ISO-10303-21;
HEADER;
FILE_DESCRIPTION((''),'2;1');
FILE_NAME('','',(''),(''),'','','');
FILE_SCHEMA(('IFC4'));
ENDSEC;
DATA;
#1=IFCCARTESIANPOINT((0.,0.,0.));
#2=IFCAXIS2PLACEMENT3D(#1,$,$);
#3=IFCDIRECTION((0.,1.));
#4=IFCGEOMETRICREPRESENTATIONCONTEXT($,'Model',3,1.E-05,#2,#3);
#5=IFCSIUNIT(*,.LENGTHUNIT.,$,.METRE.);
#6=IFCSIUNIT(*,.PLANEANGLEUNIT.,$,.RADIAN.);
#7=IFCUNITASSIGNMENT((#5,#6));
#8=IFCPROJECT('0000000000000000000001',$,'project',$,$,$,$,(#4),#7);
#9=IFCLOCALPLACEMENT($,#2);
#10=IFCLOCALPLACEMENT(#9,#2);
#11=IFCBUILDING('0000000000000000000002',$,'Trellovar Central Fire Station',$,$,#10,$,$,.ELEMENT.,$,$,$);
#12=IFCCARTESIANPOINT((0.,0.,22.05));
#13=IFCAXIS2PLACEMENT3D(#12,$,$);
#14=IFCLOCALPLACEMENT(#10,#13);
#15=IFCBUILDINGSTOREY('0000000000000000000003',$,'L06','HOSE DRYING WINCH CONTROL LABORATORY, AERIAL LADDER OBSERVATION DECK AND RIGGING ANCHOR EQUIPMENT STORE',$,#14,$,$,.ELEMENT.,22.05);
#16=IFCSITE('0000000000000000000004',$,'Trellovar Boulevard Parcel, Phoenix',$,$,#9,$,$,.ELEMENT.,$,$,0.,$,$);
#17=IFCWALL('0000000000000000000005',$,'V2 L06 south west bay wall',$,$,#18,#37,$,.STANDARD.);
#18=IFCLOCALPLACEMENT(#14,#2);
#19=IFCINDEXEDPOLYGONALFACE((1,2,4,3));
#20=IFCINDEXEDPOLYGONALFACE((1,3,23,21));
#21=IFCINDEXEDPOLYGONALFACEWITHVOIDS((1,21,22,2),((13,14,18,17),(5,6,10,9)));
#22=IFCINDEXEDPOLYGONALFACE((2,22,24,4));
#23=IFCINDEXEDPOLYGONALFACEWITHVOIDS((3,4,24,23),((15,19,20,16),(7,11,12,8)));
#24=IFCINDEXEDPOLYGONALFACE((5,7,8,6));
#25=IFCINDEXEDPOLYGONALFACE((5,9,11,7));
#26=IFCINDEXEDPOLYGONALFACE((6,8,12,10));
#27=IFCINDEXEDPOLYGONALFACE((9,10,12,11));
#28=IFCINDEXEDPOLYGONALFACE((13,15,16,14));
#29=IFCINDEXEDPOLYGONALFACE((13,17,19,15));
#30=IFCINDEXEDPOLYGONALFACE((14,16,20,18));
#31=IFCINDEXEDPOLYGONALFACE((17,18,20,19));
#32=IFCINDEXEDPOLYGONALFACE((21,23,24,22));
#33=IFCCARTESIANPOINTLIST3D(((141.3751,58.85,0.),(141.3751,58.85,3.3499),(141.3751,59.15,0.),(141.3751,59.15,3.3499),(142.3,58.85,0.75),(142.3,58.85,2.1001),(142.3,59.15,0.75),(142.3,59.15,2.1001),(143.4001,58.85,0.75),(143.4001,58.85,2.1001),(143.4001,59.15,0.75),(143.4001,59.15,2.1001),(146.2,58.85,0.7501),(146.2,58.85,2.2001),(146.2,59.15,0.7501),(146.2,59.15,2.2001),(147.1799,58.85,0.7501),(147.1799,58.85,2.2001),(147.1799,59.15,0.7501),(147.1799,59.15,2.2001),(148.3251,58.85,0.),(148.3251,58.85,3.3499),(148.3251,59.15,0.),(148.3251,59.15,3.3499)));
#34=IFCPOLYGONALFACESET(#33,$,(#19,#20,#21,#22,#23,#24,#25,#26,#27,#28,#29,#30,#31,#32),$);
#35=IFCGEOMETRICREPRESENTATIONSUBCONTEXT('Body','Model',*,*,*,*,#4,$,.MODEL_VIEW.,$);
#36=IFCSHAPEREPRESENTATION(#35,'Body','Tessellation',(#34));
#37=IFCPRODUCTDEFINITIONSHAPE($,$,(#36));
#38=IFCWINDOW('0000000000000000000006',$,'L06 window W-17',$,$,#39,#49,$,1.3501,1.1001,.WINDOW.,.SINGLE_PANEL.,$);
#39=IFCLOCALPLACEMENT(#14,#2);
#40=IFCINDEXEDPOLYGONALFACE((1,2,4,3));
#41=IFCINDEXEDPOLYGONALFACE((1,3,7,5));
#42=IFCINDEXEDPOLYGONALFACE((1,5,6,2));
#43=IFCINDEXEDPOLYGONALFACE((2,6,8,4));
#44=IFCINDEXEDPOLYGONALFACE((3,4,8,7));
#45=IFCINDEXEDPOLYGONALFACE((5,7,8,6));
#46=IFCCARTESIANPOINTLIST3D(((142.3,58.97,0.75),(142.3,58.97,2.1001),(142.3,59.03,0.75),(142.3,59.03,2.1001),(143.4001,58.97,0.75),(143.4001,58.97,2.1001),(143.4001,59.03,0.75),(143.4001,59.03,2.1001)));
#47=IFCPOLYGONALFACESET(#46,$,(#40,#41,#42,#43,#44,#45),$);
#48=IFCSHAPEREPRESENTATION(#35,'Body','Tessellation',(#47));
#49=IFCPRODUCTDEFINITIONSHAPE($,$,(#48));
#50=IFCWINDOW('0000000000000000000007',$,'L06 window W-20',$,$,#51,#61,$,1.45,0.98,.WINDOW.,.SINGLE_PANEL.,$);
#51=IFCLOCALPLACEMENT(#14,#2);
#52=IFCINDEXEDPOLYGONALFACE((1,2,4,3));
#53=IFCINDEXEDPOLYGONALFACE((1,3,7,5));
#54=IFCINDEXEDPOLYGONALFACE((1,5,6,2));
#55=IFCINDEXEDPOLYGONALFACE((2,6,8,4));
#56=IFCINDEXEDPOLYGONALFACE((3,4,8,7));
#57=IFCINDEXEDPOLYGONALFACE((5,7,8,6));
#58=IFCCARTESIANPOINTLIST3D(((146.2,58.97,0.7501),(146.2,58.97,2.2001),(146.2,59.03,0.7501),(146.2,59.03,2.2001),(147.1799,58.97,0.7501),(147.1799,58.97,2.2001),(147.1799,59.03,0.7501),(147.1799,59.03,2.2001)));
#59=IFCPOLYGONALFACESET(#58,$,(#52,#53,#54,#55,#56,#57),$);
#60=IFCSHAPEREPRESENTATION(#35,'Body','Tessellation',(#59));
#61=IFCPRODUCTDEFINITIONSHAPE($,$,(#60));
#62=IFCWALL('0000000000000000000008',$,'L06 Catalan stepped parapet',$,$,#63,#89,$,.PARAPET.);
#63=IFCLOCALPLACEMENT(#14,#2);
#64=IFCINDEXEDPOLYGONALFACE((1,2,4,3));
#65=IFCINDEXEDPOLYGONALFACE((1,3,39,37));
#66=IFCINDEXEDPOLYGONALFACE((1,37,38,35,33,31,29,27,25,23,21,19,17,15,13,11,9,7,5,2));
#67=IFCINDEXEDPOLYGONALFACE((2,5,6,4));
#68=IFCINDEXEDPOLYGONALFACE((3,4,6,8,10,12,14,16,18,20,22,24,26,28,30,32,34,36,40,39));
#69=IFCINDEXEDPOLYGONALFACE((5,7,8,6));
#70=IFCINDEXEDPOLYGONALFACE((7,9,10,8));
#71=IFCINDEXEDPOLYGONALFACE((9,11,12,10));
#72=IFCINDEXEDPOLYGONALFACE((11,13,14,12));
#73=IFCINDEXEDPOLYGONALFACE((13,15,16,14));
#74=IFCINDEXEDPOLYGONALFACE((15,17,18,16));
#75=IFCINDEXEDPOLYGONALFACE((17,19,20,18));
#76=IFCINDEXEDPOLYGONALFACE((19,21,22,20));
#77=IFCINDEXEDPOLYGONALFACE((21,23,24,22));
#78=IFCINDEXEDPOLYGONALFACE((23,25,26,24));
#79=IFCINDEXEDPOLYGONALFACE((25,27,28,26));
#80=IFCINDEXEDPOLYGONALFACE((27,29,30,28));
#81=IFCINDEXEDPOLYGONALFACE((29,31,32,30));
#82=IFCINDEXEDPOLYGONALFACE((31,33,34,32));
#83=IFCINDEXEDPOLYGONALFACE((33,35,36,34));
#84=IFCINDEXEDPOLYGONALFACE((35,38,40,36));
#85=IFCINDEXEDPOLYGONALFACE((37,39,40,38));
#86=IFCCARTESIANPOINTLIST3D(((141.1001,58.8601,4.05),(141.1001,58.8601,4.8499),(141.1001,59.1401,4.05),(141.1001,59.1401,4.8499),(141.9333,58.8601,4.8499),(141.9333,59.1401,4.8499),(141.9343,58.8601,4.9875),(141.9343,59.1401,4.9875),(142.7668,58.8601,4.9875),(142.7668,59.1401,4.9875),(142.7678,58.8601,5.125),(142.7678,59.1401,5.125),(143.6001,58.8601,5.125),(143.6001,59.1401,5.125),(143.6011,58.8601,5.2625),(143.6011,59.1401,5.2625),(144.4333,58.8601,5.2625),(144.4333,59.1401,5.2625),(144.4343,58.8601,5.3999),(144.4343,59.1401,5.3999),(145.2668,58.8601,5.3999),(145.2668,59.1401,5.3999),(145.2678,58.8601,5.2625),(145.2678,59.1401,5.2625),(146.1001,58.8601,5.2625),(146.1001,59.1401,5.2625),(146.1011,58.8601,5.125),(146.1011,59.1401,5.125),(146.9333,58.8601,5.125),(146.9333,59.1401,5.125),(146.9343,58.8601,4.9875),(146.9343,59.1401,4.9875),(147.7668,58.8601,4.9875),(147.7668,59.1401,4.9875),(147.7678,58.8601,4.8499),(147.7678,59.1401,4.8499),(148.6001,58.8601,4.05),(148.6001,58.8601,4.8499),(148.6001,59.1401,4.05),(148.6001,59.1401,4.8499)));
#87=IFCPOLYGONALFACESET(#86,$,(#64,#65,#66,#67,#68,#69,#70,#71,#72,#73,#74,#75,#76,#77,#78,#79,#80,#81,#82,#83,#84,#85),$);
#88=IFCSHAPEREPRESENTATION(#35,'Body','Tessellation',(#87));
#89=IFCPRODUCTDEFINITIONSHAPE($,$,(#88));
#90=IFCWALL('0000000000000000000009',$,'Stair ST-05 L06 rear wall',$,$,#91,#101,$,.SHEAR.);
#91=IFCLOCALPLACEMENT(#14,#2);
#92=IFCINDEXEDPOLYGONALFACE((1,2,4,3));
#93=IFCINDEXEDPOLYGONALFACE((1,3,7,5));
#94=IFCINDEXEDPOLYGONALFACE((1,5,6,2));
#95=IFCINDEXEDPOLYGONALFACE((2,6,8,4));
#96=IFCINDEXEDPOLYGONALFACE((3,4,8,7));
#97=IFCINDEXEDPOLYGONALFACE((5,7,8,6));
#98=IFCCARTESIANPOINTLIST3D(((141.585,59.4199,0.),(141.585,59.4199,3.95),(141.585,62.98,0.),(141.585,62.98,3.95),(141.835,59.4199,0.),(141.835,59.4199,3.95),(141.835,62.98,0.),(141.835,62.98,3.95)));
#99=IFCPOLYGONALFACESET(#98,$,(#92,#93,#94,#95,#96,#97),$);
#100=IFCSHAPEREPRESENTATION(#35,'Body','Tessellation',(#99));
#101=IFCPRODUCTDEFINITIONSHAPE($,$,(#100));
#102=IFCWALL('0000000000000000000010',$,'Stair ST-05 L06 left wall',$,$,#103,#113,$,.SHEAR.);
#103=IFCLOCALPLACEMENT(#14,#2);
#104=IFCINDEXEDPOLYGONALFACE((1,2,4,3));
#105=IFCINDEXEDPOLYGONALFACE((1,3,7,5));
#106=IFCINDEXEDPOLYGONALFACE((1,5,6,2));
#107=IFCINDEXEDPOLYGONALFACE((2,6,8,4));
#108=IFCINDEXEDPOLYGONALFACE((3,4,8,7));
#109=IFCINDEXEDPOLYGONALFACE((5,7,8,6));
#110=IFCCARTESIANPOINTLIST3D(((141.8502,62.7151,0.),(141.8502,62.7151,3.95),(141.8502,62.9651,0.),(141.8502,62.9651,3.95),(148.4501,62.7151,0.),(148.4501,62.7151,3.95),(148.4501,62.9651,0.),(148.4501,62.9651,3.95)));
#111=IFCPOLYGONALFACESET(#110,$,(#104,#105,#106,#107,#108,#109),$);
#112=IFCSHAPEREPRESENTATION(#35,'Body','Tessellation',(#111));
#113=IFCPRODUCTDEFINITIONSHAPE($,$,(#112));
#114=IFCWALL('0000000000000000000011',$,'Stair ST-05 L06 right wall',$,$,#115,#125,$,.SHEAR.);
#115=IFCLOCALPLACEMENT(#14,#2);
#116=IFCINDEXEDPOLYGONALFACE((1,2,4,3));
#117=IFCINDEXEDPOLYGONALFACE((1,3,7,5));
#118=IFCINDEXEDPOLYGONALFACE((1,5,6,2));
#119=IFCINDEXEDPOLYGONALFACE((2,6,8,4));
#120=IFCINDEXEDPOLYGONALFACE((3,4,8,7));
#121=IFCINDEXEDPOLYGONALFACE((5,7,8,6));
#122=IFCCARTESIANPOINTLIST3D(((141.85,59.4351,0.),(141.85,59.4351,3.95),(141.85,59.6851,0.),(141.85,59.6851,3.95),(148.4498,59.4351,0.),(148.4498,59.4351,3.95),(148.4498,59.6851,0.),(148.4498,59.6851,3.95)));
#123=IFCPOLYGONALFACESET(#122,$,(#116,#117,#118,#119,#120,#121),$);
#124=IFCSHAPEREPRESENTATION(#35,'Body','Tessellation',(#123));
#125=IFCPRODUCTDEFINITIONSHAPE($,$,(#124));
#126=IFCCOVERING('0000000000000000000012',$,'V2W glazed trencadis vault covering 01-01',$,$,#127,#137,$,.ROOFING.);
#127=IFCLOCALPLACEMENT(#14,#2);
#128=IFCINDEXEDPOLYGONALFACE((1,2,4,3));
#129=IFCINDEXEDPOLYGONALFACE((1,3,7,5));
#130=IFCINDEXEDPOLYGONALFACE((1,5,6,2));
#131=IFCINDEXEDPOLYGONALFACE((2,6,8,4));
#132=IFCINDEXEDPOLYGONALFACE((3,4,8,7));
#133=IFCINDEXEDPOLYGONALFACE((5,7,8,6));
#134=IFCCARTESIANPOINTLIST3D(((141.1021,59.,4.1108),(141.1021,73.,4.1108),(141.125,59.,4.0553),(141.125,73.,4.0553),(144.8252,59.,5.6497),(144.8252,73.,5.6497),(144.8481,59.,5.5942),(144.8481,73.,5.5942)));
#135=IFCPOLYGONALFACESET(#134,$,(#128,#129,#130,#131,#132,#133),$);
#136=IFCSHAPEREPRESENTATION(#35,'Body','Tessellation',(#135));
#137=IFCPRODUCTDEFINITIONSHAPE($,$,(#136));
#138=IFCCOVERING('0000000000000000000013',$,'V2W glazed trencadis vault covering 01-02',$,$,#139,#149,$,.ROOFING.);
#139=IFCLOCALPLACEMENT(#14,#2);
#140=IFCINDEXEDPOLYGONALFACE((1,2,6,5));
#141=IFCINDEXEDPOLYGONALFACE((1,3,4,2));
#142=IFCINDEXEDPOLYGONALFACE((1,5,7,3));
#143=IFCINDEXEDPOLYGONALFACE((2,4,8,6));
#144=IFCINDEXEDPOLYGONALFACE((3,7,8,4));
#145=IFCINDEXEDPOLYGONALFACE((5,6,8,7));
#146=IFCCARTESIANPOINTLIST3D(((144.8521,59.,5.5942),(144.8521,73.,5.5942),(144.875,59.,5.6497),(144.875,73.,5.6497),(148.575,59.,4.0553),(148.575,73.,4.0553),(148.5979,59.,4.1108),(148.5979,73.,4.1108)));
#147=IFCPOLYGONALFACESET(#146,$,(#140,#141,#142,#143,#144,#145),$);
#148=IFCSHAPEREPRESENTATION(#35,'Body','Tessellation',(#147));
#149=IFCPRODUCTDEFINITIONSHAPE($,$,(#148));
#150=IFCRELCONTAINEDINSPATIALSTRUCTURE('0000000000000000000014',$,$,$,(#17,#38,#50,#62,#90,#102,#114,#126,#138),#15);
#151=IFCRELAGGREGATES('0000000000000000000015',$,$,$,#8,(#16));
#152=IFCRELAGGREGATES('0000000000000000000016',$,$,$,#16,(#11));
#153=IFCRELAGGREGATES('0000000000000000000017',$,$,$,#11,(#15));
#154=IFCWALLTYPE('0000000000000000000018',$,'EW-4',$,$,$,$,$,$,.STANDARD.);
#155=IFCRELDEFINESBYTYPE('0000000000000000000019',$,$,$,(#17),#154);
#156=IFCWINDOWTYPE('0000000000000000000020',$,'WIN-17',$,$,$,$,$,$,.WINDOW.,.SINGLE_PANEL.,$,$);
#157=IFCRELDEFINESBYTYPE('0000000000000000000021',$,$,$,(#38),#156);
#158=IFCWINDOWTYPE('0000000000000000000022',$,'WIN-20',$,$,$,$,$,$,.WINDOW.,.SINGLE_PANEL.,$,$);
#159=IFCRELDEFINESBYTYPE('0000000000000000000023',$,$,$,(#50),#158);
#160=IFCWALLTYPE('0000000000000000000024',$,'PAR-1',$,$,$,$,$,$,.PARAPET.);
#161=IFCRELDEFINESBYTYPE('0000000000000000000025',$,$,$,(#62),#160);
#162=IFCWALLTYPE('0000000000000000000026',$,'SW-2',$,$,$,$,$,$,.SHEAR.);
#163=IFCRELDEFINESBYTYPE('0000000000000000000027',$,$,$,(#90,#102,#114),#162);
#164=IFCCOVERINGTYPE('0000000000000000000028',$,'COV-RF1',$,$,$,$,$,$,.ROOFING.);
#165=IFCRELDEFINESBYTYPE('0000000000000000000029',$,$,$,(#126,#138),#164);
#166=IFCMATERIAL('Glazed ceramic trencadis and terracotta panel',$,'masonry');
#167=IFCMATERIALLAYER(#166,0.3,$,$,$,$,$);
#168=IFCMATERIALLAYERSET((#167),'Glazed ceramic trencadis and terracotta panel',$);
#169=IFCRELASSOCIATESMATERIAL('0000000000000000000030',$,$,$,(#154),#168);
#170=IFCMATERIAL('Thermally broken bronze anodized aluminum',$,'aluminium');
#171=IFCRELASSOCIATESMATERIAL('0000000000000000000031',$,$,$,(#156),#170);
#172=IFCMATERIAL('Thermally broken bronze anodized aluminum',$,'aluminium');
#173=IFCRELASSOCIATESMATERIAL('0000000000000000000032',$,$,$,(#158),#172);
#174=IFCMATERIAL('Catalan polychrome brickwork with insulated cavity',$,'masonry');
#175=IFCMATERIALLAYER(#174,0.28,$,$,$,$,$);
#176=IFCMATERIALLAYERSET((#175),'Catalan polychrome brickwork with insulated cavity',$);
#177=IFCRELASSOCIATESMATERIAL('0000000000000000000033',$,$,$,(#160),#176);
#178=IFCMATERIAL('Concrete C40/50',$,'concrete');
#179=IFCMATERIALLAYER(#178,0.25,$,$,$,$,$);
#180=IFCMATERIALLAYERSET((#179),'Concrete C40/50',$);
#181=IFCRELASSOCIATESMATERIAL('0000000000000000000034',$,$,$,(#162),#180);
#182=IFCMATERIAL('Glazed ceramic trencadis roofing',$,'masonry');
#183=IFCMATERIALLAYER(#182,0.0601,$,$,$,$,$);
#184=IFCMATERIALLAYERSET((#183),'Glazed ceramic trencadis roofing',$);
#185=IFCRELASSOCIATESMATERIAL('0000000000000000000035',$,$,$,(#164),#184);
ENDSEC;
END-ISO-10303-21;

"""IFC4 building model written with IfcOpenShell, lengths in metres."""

from ifc_helpers import new_model, si_unit, direction, frame, frame_2d, origin, place, context, subcontext, project, spatial, polyline, rectangle, outline, extrude, material, layer, layer_set, type_object, element, fill, save


model = new_model("IFC4")

# Units and contexts
model_context = context("Model", 3, precision=1e-05, world=origin(), true_north=direction((0.0, 1.0)))
body_context = subcontext(model_context, "Body", "Model", "MODEL_VIEW")
ifc_project = project(units=[si_unit("LENGTHUNIT", "METRE"), si_unit("PLANEANGLEUNIT", "RADIAN")], contexts=[model_context])

# Site, building, storey
site_placement = place(None, origin())
site = spatial("IfcSite", under=ifc_project, at=site_placement, Name="Trellovar Boulevard Parcel, Phoenix", CompositionType="ELEMENT", RefElevation=0.0)
building_placement = place(site_placement, origin())
building = spatial("IfcBuilding", under=site, at=building_placement, Name="Trellovar Central Fire Station", CompositionType="ELEMENT")
storey_placement = place(building_placement, frame((0.0, 0.0, 22.05)))
storey = spatial("IfcBuildingStorey", under=building, at=storey_placement, Name="L06", Description="HOSE DRYING WINCH CONTROL LABORATORY, AERIAL LADDER OBSERVATION DECK AND RIGGING ANCHOR EQUIPMENT STORE", CompositionType="ELEMENT", Elevation=22.05)

# Wall, openings, windows
ifc_material_1 = material(Name="Glazed ceramic trencadis and terracotta panel", Category="masonry")
ifc_layer_1 = layer(ifc_material_1, 0.3)
ifc_layer_set_1 = layer_set([ifc_layer_1], Name="Glazed ceramic trencadis and terracotta panel")
wall_type_1 = type_object("IfcWallType", Name="EW-4", PredefinedType="STANDARD", material=ifc_layer_set_1)
wall_1_placement = place(storey_placement, frame((141.375, 59.0, 0.0), z_axis=(0.0, 0.0, 1.0), x_axis=(1.0, 0.0, 0.0)))
wall_1 = element("IfcWall", 1, at=wall_1_placement, inside=storey, type_object=wall_type_1, Name="V2 L06 south west bay wall", PredefinedType="STANDARD", context=body_context, shape_type="SweptSolid", body=[
    extrude(rectangle(XDim=6.95, YDim=0.3, at=frame_2d((3.4751, 0.0))), origin(), (0.0, 0.0, 1.0), 3.3499),
])
opening_1_placement = place(wall_1_placement, frame((0.925, 0.0, 0.75)))
opening_1 = element("IfcOpeningElement", 2, at=opening_1_placement, cuts=wall_1, PredefinedType="OPENING", context=body_context, shape_type="SweptSolid", body=[
    extrude(rectangle(XDim=1.1001, YDim=1.3501, at=frame_2d((0.55, 0.675))), frame((0.0, 0.1599, 0.0), z_axis=(0.0, -1.0, 0.0), x_axis=(1.0, 0.0, 0.0)), (0.0, 0.0, 1.0), 0.3201),
])
opening_2_placement = place(wall_1_placement, frame((4.825, 0.0, 0.75)))
opening_2 = element("IfcOpeningElement", 3, at=opening_2_placement, cuts=wall_1, PredefinedType="OPENING", context=body_context, shape_type="SweptSolid", body=[
    extrude(rectangle(XDim=0.98, YDim=1.45, at=frame_2d((0.49, 0.7251))), frame((0.0, 0.1599, 0.0), z_axis=(0.0, -1.0, 0.0), x_axis=(1.0, 0.0, 0.0)), (0.0, 0.0, 1.0), 0.3201),
])
ifc_material_2 = material(Name="Thermally broken bronze anodized aluminum", Category="aluminium")
window_type_1 = type_object("IfcWindowType", Name="WIN-17", PartitioningType="SINGLE_PANEL", PredefinedType="WINDOW", material=ifc_material_2)
window_1_placement = place(opening_1_placement, origin())
window_1 = element("IfcWindow", 4, at=window_1_placement, inside=storey, type_object=window_type_1, Name="L06 window W-17", OverallHeight=1.3501, OverallWidth=1.1001, PartitioningType="SINGLE_PANEL", PredefinedType="WINDOW", context=body_context, shape_type="SweptSolid", body=[
    extrude(rectangle(XDim=1.1001, YDim=1.3501, at=frame_2d((0.55, 0.675))), frame((0.0, 0.03, 0.0), z_axis=(0.0, -1.0, 0.0), x_axis=(1.0, 0.0, 0.0)), (0.0, 0.0, 1.0), 0.0601),
])
fill(opening_1, window_1)
ifc_material_3 = material(Name="Thermally broken bronze anodized aluminum", Category="aluminium")
window_type_2 = type_object("IfcWindowType", Name="WIN-20", PartitioningType="SINGLE_PANEL", PredefinedType="WINDOW", material=ifc_material_3)
window_2_placement = place(opening_2_placement, origin())
window_2 = element("IfcWindow", 5, at=window_2_placement, inside=storey, type_object=window_type_2, Name="L06 window W-20", OverallHeight=1.45, OverallWidth=0.98, PartitioningType="SINGLE_PANEL", PredefinedType="WINDOW", context=body_context, shape_type="SweptSolid", body=[
    extrude(rectangle(XDim=0.98, YDim=1.45, at=frame_2d((0.49, 0.7251))), frame((0.0, 0.03, 0.0), z_axis=(0.0, -1.0, 0.0), x_axis=(1.0, 0.0, 0.0)), (0.0, 0.0, 1.0), 0.0601),
])
fill(opening_2, window_2)

# Wall
ifc_material_4 = material(Name="Catalan polychrome brickwork with insulated cavity", Category="masonry")
ifc_layer_2 = layer(ifc_material_4, 0.28)
ifc_layer_set_2 = layer_set([ifc_layer_2], Name="Catalan polychrome brickwork with insulated cavity")
wall_type_2 = type_object("IfcWallType", Name="PAR-1", PredefinedType="PARAPET", material=ifc_layer_set_2)
wall_2_placement = place(storey_placement, frame((141.1001, 59.0, 4.05), z_axis=(0.0, 0.0, 1.0), x_axis=(1.0, 0.0, 0.0)))
element("IfcWall", 6, at=wall_2_placement, inside=storey, type_object=wall_type_2, Name="L06 Catalan stepped parapet", PredefinedType="PARAPET", context=body_context, shape_type="SweptSolid", body=[
    extrude(outline(polyline([(0.0, 0.0), (7.5, 0.0), (7.5, 0.7998), (6.6677, 0.7998), (6.6667, 0.9375), (5.8342, 0.9375), (5.8333, 1.075), (5.001, 1.075), (5.0, 1.2124), (4.1677, 1.2124), (4.1667, 1.3499), (3.3342, 1.3499), (3.3333, 1.2124), (2.501, 1.2124), (2.5, 1.075), (1.6677, 1.075), (1.6667, 0.9375), (0.8342, 0.9375), (0.8333, 0.7998), (0.0, 0.7998), (0.0, 0.0)])), frame((0.0, 0.1401, 0.0), z_axis=(0.0, -1.0, 0.0), x_axis=(1.0, 0.0, 0.0)), (0.0, 0.0, 1.0), 0.28),
])

# Walls
ifc_material_5 = material(Name="Concrete C40/50", Category="concrete")
ifc_layer_3 = layer(ifc_material_5, 0.25)
ifc_layer_set_3 = layer_set([ifc_layer_3], Name="Concrete C40/50")
wall_type_3 = type_object("IfcWallType", Name="SW-2", PredefinedType="SHEAR", material=ifc_layer_set_3)
wall_3_placement = place(storey_placement, frame((141.71, 59.4199, 0.0), z_axis=(0.0, 0.0, 1.0), x_axis=(0.0, 1.0, 0.0)))
element("IfcWall", 7, at=wall_3_placement, inside=storey, type_object=wall_type_3, Name="Stair ST-05 L06 rear wall", PredefinedType="SHEAR", context=body_context, shape_type="SweptSolid", body=[
    extrude(rectangle(XDim=3.5601, YDim=0.25, at=frame_2d((1.78, 0.0))), origin(), (0.0, 0.0, 1.0), 3.95),
])
for number, where, z_axis, x_axis, name in (
    (8, (148.45, 62.8401, 0.0), (0.0, 0.0, 1.0), (-1.0, 0.0, 0.0), "Stair ST-05 L06 left wall"),
    (9, (141.8501, 59.5601, 0.0), (0.0, 0.0, 1.0), (1.0, 0.0, 0.0), "Stair ST-05 L06 right wall"),
):
    element("IfcWall", number, at=place(storey_placement, frame(where, z_axis=z_axis, x_axis=x_axis)), inside=storey, type_object=wall_type_3, Name=name, PredefinedType="SHEAR", context=body_context, shape_type="SweptSolid", body=[
        extrude(rectangle(XDim=6.5999, YDim=0.25, at=frame_2d((3.2998, 0.0))), origin(), (0.0, 0.0, 1.0), 3.95),
    ])

# Coverings
ifc_material_6 = material(Name="Glazed ceramic trencadis roofing", Category="masonry")
ifc_layer_4 = layer(ifc_material_6, 0.0601)
ifc_layer_set_4 = layer_set([ifc_layer_4], Name="Glazed ceramic trencadis roofing")
covering_type = type_object("IfcCoveringType", Name="COV-RF1", PredefinedType="ROOFING", material=ifc_layer_set_4)
covering_1_placement = place(storey_placement, frame((141.1021, 59.0, 4.1108), z_axis=(-0.381972, 0.0, 0.924174), x_axis=(0.924174, 0.0, 0.381972)))
element("IfcCovering", 10, at=covering_1_placement, inside=storey, type_object=covering_type, Name="V2W glazed trencadis vault covering 01-01", PredefinedType="ROOFING", context=body_context, shape_type="SweptSolid", body=[
    extrude(outline(polyline([(0.0, 0.0), (4.0286, 0.0), (4.0286, 14.0), (0.0, 14.0), (0.0, 0.0)])), origin(), (0.0, 0.0, -1.0), 0.0601),
])
covering_2_placement = place(storey_placement, frame((144.875, 59.0, 5.6497), z_axis=(0.381993, 0.0, 0.924165), x_axis=(0.924165, 0.0, -0.381993)))
element("IfcCovering", 11, at=covering_2_placement, inside=storey, type_object=covering_type, Name="V2W glazed trencadis vault covering 01-02", PredefinedType="ROOFING", context=body_context, shape_type="SweptSolid", body=[
    extrude(outline(polyline([(0.0, 0.0), (4.0284, 0.0), (4.0284, 14.0), (0.0, 14.0), (0.0, 0.0)])), origin(), (0.0, 0.0, -1.0), 0.0601),
])

save(model, "model.ifc")
